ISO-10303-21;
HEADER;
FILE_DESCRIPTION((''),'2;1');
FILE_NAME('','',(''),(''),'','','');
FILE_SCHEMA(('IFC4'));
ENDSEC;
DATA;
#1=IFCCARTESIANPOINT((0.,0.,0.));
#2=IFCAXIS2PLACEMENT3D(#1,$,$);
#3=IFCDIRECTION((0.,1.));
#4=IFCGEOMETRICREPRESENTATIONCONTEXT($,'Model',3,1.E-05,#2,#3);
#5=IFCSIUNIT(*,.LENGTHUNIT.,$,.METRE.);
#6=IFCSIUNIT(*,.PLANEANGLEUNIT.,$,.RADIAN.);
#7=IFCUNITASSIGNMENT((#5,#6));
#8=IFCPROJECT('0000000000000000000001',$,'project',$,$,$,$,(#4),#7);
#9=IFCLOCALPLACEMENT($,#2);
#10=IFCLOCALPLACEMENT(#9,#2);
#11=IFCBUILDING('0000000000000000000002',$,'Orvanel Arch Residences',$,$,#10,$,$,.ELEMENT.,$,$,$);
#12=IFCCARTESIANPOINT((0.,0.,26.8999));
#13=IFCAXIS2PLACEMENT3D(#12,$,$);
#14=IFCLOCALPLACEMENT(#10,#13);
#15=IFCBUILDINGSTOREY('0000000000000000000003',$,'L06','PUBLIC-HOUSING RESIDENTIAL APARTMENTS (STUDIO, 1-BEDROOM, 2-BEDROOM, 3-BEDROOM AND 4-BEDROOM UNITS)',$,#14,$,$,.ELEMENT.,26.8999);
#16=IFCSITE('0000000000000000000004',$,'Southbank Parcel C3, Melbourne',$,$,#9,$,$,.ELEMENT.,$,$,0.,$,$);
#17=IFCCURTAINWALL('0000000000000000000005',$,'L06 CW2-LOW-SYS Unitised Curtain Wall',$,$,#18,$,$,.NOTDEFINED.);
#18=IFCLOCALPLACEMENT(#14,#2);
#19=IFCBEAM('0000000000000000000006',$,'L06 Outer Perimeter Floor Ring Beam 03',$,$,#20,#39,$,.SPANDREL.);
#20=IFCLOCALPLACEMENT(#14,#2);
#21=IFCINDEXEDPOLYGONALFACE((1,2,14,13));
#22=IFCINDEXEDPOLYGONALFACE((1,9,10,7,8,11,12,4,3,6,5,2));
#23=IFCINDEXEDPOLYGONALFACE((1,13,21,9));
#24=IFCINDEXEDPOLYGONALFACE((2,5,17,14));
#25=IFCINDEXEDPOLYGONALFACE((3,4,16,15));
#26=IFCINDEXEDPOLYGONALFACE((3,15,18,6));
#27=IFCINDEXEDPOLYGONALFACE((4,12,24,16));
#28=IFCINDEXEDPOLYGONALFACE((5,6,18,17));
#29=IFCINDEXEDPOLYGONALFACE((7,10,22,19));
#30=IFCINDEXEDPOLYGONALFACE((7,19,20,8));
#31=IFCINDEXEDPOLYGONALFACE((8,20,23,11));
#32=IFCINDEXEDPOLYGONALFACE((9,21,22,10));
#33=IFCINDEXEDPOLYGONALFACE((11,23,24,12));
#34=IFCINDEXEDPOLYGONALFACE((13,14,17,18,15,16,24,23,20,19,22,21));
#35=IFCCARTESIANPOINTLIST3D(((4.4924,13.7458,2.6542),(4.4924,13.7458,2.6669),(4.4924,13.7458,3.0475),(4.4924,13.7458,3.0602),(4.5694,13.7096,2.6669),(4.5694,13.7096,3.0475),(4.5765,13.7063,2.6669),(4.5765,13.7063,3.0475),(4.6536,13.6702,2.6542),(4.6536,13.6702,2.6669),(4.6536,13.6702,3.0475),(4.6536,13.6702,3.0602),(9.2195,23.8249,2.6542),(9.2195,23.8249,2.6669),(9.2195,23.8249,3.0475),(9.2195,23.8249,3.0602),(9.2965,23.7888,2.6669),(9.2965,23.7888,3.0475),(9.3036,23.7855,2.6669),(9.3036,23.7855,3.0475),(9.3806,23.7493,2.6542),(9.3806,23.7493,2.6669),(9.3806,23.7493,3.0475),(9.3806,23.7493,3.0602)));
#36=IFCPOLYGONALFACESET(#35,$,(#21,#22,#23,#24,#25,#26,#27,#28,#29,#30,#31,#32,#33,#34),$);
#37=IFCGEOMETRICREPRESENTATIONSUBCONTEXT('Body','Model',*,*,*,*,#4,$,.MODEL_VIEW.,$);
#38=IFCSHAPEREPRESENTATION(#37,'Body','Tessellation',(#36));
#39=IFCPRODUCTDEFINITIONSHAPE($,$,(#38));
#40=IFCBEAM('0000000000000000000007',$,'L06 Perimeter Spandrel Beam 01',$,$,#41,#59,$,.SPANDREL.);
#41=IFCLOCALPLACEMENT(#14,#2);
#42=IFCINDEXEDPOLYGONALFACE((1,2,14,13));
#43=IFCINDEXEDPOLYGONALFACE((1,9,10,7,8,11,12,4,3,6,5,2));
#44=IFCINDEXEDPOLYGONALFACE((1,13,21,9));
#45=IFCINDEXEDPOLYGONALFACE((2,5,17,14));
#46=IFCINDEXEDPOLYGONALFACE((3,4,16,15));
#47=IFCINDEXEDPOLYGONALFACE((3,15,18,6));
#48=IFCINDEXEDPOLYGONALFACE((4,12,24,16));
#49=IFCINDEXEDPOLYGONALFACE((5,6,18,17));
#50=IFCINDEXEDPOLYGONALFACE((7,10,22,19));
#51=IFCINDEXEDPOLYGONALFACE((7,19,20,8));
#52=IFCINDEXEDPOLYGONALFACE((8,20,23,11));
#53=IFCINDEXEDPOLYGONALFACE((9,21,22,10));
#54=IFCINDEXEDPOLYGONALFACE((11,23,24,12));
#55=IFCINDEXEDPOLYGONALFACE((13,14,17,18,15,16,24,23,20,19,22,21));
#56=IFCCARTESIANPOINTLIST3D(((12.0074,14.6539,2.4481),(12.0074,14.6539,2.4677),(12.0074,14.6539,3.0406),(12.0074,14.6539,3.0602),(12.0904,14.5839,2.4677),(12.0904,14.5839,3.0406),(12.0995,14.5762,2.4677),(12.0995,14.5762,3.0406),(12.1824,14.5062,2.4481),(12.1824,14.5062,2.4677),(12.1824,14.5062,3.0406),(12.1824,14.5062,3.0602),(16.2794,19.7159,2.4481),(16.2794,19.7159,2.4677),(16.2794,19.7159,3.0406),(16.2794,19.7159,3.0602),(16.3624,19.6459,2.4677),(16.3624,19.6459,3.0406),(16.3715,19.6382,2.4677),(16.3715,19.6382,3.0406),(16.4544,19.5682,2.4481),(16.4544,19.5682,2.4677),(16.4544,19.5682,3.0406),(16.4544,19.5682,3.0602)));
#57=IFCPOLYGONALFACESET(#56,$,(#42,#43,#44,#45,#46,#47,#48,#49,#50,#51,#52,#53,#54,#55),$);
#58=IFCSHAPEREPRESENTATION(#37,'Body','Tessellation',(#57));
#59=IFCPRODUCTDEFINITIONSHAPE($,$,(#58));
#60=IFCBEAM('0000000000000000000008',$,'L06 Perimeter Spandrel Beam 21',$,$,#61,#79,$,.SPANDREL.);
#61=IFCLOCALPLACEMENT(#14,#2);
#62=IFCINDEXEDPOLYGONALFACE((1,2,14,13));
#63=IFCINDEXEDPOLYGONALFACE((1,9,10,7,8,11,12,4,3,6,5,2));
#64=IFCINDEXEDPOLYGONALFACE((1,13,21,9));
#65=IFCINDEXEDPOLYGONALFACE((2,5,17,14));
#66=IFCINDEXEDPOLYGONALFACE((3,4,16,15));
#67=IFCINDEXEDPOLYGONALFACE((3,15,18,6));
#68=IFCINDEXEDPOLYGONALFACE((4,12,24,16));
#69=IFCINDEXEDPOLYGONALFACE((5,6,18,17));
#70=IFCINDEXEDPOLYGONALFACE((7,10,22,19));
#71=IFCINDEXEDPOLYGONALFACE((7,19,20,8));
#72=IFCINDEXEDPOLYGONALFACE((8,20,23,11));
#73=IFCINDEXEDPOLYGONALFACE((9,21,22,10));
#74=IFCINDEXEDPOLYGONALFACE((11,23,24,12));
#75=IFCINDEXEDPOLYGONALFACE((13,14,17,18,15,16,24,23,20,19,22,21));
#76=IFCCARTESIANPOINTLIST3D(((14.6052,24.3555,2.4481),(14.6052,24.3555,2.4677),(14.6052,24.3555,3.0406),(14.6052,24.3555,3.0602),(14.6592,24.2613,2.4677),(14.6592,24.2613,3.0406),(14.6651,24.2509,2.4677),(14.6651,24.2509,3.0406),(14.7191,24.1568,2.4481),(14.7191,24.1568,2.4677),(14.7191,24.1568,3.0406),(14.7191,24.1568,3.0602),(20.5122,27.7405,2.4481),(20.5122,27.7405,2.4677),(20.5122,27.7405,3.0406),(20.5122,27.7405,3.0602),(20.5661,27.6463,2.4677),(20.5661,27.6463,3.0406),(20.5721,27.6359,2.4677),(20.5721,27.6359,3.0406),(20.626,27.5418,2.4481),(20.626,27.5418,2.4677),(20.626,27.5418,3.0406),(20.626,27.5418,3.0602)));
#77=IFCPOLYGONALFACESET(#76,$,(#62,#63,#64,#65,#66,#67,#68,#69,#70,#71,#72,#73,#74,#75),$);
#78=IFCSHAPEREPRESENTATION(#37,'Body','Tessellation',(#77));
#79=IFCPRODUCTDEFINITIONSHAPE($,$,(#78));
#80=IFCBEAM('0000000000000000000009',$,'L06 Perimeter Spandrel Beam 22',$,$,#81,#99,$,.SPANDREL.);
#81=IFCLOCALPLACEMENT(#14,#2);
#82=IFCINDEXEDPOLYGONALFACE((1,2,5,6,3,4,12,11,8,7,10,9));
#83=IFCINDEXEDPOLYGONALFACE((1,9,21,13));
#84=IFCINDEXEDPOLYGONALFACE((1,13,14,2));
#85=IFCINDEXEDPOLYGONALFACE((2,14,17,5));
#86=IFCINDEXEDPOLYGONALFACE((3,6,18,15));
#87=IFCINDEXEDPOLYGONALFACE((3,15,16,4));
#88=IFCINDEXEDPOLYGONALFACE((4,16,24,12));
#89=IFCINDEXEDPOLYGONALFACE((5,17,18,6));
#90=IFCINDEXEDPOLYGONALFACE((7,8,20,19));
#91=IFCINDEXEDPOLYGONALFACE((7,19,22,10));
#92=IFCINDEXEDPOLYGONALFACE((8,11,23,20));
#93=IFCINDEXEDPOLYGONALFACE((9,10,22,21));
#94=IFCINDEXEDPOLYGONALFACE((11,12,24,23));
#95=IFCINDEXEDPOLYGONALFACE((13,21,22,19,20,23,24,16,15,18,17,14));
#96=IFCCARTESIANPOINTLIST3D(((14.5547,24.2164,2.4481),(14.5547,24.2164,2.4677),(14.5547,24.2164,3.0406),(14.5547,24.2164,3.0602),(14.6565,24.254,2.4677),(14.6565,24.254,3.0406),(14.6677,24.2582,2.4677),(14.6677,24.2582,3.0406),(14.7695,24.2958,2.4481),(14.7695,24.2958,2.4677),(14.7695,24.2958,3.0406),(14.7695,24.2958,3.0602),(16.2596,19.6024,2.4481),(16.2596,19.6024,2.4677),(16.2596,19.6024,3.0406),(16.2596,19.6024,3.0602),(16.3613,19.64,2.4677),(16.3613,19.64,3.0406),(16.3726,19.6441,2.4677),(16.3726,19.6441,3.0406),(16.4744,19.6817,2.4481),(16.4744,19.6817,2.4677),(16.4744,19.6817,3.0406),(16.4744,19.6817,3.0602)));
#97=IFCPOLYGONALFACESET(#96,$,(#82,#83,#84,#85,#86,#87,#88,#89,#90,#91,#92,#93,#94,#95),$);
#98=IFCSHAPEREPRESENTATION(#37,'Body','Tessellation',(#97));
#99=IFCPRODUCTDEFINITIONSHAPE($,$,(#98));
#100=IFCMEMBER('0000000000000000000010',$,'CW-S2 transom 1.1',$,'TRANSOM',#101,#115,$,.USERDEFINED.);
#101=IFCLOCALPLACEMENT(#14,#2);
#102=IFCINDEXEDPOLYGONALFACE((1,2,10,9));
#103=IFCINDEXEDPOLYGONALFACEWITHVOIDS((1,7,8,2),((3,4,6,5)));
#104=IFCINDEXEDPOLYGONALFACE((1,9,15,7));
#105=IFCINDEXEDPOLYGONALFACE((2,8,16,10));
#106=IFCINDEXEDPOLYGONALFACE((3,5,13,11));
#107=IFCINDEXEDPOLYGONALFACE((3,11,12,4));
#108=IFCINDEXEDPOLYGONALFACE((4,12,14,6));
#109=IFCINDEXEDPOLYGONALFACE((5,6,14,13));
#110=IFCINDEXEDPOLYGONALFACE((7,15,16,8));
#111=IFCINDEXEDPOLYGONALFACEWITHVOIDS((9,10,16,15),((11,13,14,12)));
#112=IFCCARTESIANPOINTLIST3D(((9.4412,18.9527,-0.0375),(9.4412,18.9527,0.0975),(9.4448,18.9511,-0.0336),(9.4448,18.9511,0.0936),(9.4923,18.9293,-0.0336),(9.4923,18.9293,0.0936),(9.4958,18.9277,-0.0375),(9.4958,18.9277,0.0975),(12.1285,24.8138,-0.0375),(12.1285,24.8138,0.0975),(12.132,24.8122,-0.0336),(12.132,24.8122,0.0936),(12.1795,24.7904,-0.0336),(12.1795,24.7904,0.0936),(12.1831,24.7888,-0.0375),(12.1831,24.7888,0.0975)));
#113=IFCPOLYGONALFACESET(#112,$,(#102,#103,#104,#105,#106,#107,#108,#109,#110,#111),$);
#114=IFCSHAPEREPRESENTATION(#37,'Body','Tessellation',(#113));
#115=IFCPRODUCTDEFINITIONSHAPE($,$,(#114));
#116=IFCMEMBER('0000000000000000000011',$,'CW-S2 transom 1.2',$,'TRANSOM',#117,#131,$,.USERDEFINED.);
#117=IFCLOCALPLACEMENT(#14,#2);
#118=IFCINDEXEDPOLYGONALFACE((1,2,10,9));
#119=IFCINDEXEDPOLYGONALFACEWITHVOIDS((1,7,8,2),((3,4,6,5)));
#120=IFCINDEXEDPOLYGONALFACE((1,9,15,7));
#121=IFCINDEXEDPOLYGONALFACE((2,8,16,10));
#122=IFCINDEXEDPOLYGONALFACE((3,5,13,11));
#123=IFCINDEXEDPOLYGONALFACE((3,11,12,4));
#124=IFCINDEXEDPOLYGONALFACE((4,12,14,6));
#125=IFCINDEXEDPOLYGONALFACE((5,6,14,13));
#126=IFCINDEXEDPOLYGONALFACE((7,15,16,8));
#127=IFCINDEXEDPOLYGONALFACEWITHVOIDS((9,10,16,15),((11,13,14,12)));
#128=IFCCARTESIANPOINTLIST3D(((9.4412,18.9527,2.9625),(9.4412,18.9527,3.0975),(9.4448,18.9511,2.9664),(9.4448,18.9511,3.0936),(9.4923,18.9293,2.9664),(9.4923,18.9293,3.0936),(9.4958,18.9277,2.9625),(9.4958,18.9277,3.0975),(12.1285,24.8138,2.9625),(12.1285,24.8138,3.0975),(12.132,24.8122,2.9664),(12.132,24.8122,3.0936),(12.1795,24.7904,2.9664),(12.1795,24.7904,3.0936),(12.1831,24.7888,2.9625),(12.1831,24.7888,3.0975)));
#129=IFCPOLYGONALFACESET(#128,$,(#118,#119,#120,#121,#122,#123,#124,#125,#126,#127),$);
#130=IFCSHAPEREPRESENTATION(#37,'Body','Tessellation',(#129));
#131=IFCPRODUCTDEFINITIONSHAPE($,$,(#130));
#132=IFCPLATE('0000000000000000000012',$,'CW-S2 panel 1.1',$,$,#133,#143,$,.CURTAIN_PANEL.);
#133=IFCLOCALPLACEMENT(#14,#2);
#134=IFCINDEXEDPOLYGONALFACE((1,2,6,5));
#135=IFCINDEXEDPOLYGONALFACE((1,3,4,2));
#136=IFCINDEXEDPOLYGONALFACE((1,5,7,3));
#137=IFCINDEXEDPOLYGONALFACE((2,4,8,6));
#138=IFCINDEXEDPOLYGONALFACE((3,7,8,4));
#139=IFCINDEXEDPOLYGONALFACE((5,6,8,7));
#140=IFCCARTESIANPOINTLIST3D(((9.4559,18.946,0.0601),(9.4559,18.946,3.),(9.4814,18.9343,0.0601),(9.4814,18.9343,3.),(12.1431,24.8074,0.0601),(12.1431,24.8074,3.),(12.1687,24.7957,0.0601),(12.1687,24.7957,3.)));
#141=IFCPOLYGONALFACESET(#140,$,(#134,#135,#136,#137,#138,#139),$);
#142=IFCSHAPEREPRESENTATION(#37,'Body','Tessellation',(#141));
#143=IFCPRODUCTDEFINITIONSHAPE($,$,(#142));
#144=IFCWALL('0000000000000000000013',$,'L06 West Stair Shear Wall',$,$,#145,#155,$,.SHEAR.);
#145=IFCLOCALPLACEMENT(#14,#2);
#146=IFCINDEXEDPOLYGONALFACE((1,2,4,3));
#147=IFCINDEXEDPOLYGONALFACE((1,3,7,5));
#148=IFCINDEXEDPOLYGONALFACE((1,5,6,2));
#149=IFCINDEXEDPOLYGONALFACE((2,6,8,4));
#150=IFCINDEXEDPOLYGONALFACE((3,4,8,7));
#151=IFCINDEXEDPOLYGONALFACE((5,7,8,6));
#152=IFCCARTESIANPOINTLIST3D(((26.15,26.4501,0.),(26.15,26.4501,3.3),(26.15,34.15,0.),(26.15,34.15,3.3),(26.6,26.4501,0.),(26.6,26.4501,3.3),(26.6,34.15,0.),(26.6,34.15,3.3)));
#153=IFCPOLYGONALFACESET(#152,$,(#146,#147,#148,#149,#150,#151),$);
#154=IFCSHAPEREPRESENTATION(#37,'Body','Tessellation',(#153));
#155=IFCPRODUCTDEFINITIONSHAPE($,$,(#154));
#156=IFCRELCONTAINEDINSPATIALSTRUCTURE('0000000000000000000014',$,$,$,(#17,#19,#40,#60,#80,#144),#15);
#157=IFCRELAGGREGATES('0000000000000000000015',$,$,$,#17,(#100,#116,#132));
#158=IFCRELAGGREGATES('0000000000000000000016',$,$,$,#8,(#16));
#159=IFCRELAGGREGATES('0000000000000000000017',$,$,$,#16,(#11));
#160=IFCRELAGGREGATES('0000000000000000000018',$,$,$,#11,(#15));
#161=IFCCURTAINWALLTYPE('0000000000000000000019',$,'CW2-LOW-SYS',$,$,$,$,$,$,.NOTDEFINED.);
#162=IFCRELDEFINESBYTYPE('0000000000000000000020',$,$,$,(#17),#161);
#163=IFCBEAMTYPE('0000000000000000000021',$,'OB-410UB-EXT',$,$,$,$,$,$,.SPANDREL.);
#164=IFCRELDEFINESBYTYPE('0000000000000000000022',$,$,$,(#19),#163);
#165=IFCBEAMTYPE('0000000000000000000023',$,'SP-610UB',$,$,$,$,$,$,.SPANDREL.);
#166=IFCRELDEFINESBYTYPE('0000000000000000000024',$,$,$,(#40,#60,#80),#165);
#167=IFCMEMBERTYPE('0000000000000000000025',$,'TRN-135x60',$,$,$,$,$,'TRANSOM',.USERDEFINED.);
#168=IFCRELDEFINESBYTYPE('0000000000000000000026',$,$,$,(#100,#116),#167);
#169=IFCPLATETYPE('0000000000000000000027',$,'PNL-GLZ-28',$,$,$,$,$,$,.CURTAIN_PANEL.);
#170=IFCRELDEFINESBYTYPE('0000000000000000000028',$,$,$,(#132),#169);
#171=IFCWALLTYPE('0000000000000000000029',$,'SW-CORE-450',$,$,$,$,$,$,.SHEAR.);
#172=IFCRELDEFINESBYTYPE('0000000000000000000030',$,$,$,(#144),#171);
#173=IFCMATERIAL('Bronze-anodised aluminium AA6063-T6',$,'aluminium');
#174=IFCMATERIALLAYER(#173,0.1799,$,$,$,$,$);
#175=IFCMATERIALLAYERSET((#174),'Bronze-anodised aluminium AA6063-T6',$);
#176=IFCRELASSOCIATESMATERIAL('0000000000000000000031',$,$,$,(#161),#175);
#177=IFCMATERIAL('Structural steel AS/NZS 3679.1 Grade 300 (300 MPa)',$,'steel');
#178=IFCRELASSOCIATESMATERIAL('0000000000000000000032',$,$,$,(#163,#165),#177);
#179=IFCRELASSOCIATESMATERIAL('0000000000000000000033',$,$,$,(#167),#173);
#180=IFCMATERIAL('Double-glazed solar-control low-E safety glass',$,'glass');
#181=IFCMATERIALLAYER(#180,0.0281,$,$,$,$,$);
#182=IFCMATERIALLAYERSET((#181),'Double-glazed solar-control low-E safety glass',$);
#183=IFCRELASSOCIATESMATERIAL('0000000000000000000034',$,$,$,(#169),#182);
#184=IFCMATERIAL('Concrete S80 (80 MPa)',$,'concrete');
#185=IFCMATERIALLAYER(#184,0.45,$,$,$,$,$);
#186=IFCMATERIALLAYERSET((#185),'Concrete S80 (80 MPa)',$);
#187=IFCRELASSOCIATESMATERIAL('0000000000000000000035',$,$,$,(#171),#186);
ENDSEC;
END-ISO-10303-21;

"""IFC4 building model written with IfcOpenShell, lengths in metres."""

from ifc_helpers import new_model, si_unit, direction, frame, frame_2d, origin, origin_2d, place, context, subcontext, project, spatial, rectangle, hollow_rectangle, i_section, extrude, material, layer, layer_set, material_profile, profile_set, type_object, element, aggregate, save


model = new_model("IFC4")

# Units and contexts
model_context = context("Model", 3, precision=1e-05, world=origin(), true_north=direction((0.0, 1.0)))
body_context = subcontext(model_context, "Body", "Model", "MODEL_VIEW")
ifc_project = project(units=[si_unit("LENGTHUNIT", "METRE"), si_unit("PLANEANGLEUNIT", "RADIAN")], contexts=[model_context])

# Site, building, storey
site_placement = place(None, origin())
site = spatial("IfcSite", under=ifc_project, at=site_placement, Name="Southbank Parcel C3, Melbourne", CompositionType="ELEMENT", RefElevation=0.0)
building_placement = place(site_placement, origin())
building = spatial("IfcBuilding", under=site, at=building_placement, Name="Orvanel Arch Residences", CompositionType="ELEMENT")
storey_placement = place(building_placement, frame((0.0, 0.0, 26.8999)))
storey = spatial("IfcBuildingStorey", under=building, at=storey_placement, Name="L06", Description="PUBLIC-HOUSING RESIDENTIAL APARTMENTS (STUDIO, 1-BEDROOM, 2-BEDROOM, 3-BEDROOM AND 4-BEDROOM UNITS)", CompositionType="ELEMENT", Elevation=26.8999)

# Shared definitions
ifc_material_1 = material(Name="Structural steel AS/NZS 3679.1 Grade 300 (300 MPa)", Category="steel")

# Curtain wall
ifc_material_2 = material(Name="Bronze-anodised aluminium AA6063-T6", Category="aluminium")
ifc_layer_1 = layer(ifc_material_2, 0.1799)
ifc_layer_set_1 = layer_set([ifc_layer_1], Name="Bronze-anodised aluminium AA6063-T6")
curtain_wall_type = type_object("IfcCurtainWallType", Name="CW2-LOW-SYS", PredefinedType="NOTDEFINED", material=ifc_layer_set_1)
curtain_wall_placement = place(storey_placement, origin())
curtain_wall = element("IfcCurtainWall", 1, at=curtain_wall_placement, inside=storey, type_object=curtain_wall_type, Name="L06 CW2-LOW-SYS Unitised Curtain Wall", PredefinedType="NOTDEFINED")

# Beams
ifc_material_profile_1 = material_profile(ifc_material_1, i_section(OverallWidth=0.178, OverallDepth=0.406, WebThickness=0.0078, FlangeThickness=0.0127, at=origin_2d()), Name="410UB59.7")
ifc_profile_set_1 = profile_set([ifc_material_profile_1], Name="Structural steel AS/NZS 3679.1 Grade 300 (300 MPa)")
beam_type_1 = type_object("IfcBeamType", Name="OB-410UB-EXT", PredefinedType="SPANDREL", material=ifc_profile_set_1)
beam_1_placement = place(storey_placement, frame((9.3, 23.7871, 2.8572), z_axis=(-0.424616, -0.905374, 0.0), x_axis=(0.905374, -0.424616, 0.0)))
element("IfcBeam", 2, at=beam_1_placement, inside=storey, type_object=beam_type_1, Name="L06 Outer Perimeter Floor Ring Beam 03", PredefinedType="SPANDREL", context=body_context, shape_type="SweptSolid", body=[
    extrude(i_section(OverallWidth=0.178, OverallDepth=0.406, WebThickness=0.0078, FlangeThickness=0.0127, at=origin_2d()), origin(), (0.0, 0.0, 1.0), 11.1326),
])
ifc_material_profile_2 = material_profile(ifc_material_1, i_section(OverallWidth=0.229, OverallDepth=0.6121, WebThickness=0.012, FlangeThickness=0.0195, at=origin_2d()), Name="610UB125")
ifc_profile_set_2 = profile_set([ifc_material_profile_2], Name="Structural steel AS/NZS 3679.1 Grade 300 (300 MPa)")
beam_type_2 = type_object("IfcBeamType", Name="SP-610UB", PredefinedType="SPANDREL", material=ifc_profile_set_2)
beam_2_placement = place(storey_placement, frame((16.3669, 19.6421, 2.7542), z_axis=(-0.64495, -0.764224, 0.0), x_axis=(0.764224, -0.64495, 0.0)))
element("IfcBeam", 3, at=beam_2_placement, inside=storey, type_object=beam_type_2, Name="L06 Perimeter Spandrel Beam 01", PredefinedType="SPANDREL", context=body_context, shape_type="SweptSolid", body=[
    extrude(i_section(OverallWidth=0.229, OverallDepth=0.6121, WebThickness=0.012, FlangeThickness=0.0195, at=origin_2d()), origin(), (0.0, 0.0, 1.0), 6.6238),
])
beam_3_placement = place(storey_placement, frame((20.5691, 27.6411, 2.7542), z_axis=(-0.867636, -0.497201, 0.0), x_axis=(0.497201, -0.867636, 0.0)))
element("IfcBeam", 4, at=beam_3_placement, inside=storey, type_object=beam_type_2, Name="L06 Perimeter Spandrel Beam 21", PredefinedType="SPANDREL", context=body_context, shape_type="SweptSolid", body=[
    extrude(i_section(OverallWidth=0.229, OverallDepth=0.6121, WebThickness=0.012, FlangeThickness=0.0195, at=origin_2d()), origin(), (0.0, 0.0, 1.0), 6.8081),
])
beam_4_placement = place(storey_placement, frame((14.6621, 24.2561, 2.7542), z_axis=(0.346588, -0.938017, 0.0), x_axis=(0.938017, 0.346588, 0.0)))
element("IfcBeam", 5, at=beam_4_placement, inside=storey, type_object=beam_type_2, Name="L06 Perimeter Spandrel Beam 22", PredefinedType="SPANDREL", context=body_context, shape_type="SweptSolid", body=[
    extrude(i_section(OverallWidth=0.229, OverallDepth=0.6121, WebThickness=0.012, FlangeThickness=0.0195, at=origin_2d()), origin(), (0.0, 0.0, 1.0), 4.9189),
])

# Members
ifc_material_profile_3 = material_profile(ifc_material_2, hollow_rectangle(XDim=0.0601, YDim=0.135, WallThickness=0.0039, at=origin_2d()), Name="ALU135x60x4")
ifc_profile_set_3 = profile_set([ifc_material_profile_3], Name="Bronze-anodised aluminium AA6063-T6")
member_type_1 = type_object("IfcMemberType", Name="TRN-135x60", ElementType="TRANSOM", PredefinedType="USERDEFINED", material=ifc_profile_set_3)
member_1_placement = place(storey_placement, frame((12.1558, 24.8013, 0.03), z_axis=(-0.416773, -0.90901, 0.0), x_axis=(0.90901, -0.416773, 0.0)))
member_1 = element("IfcMember", 6, at=member_1_placement, type_object=member_type_1, Name="CW-S2 transom 1.1", ObjectType="TRANSOM", PredefinedType="USERDEFINED", context=body_context, shape_type="SweptSolid", body=[
    extrude(hollow_rectangle(XDim=0.0601, YDim=0.135, WallThickness=0.0039, at=origin_2d()), origin(), (0.0, 0.0, 1.0), 6.4478),
])
member_2_placement = place(storey_placement, frame((12.1558, 24.8013, 3.03), z_axis=(-0.416773, -0.90901, 0.0), x_axis=(0.90901, -0.416773, 0.0)))
member_2 = element("IfcMember", 7, at=member_2_placement, type_object=member_type_1, Name="CW-S2 transom 1.2", ObjectType="TRANSOM", PredefinedType="USERDEFINED", context=body_context, shape_type="SweptSolid", body=[
    extrude(hollow_rectangle(XDim=0.0601, YDim=0.135, WallThickness=0.0039, at=origin_2d()), origin(), (0.0, 0.0, 1.0), 6.4478),
])

# Plate
ifc_material_3 = material(Name="Double-glazed solar-control low-E safety glass", Category="glass")
ifc_layer_2 = layer(ifc_material_3, 0.0281)
ifc_layer_set_2 = layer_set([ifc_layer_2], Name="Double-glazed solar-control low-E safety glass")
plate_type = type_object("IfcPlateType", Name="PNL-GLZ-28", PredefinedType="CURTAIN_PANEL", material=ifc_layer_set_2)
plate_placement = place(storey_placement, frame((10.8123, 21.8708, 0.0601), z_axis=(0.0, 0.0, 1.0), x_axis=(-0.416763, -0.909015, 0.0)))
plate = element("IfcPlate", 8, at=plate_placement, type_object=plate_type, Name="CW-S2 panel 1.1", PredefinedType="CURTAIN_PANEL", context=body_context, shape_type="SweptSolid", body=[
    extrude(rectangle(XDim=6.448, YDim=0.0281, at=origin_2d()), origin(), (0.0, 0.0, 1.0), 2.9399),
])
aggregate(curtain_wall, [member_1, member_2, plate])

# Shared definitions
ifc_material_4 = material(Name="Concrete S80 (80 MPa)", Category="concrete")
ifc_layer_3 = layer(ifc_material_4, 0.45)
ifc_layer_set_3 = layer_set([ifc_layer_3], Name="Concrete S80 (80 MPa)")
wall_type_1 = type_object("IfcWallType", Name="SW-CORE-450", PredefinedType="SHEAR", material=ifc_layer_set_3)

# Wall
wall_1_placement = place(storey_placement, frame((26.375, 26.45, 0.0), z_axis=(0.0, 0.0, 1.0), x_axis=(0.0, 1.0, 0.0)))
element("IfcWall", 9, at=wall_1_placement, inside=storey, type_object=wall_type_1, Name="L06 West Stair Shear Wall", PredefinedType="SHEAR", context=body_context, shape_type="SweptSolid", body=[
    extrude(rectangle(XDim=7.7, YDim=0.45, at=frame_2d((3.8501, 0.0))), origin(), (0.0, 0.0, 1.0), 3.3),
])

save(model, "model.ifc")
